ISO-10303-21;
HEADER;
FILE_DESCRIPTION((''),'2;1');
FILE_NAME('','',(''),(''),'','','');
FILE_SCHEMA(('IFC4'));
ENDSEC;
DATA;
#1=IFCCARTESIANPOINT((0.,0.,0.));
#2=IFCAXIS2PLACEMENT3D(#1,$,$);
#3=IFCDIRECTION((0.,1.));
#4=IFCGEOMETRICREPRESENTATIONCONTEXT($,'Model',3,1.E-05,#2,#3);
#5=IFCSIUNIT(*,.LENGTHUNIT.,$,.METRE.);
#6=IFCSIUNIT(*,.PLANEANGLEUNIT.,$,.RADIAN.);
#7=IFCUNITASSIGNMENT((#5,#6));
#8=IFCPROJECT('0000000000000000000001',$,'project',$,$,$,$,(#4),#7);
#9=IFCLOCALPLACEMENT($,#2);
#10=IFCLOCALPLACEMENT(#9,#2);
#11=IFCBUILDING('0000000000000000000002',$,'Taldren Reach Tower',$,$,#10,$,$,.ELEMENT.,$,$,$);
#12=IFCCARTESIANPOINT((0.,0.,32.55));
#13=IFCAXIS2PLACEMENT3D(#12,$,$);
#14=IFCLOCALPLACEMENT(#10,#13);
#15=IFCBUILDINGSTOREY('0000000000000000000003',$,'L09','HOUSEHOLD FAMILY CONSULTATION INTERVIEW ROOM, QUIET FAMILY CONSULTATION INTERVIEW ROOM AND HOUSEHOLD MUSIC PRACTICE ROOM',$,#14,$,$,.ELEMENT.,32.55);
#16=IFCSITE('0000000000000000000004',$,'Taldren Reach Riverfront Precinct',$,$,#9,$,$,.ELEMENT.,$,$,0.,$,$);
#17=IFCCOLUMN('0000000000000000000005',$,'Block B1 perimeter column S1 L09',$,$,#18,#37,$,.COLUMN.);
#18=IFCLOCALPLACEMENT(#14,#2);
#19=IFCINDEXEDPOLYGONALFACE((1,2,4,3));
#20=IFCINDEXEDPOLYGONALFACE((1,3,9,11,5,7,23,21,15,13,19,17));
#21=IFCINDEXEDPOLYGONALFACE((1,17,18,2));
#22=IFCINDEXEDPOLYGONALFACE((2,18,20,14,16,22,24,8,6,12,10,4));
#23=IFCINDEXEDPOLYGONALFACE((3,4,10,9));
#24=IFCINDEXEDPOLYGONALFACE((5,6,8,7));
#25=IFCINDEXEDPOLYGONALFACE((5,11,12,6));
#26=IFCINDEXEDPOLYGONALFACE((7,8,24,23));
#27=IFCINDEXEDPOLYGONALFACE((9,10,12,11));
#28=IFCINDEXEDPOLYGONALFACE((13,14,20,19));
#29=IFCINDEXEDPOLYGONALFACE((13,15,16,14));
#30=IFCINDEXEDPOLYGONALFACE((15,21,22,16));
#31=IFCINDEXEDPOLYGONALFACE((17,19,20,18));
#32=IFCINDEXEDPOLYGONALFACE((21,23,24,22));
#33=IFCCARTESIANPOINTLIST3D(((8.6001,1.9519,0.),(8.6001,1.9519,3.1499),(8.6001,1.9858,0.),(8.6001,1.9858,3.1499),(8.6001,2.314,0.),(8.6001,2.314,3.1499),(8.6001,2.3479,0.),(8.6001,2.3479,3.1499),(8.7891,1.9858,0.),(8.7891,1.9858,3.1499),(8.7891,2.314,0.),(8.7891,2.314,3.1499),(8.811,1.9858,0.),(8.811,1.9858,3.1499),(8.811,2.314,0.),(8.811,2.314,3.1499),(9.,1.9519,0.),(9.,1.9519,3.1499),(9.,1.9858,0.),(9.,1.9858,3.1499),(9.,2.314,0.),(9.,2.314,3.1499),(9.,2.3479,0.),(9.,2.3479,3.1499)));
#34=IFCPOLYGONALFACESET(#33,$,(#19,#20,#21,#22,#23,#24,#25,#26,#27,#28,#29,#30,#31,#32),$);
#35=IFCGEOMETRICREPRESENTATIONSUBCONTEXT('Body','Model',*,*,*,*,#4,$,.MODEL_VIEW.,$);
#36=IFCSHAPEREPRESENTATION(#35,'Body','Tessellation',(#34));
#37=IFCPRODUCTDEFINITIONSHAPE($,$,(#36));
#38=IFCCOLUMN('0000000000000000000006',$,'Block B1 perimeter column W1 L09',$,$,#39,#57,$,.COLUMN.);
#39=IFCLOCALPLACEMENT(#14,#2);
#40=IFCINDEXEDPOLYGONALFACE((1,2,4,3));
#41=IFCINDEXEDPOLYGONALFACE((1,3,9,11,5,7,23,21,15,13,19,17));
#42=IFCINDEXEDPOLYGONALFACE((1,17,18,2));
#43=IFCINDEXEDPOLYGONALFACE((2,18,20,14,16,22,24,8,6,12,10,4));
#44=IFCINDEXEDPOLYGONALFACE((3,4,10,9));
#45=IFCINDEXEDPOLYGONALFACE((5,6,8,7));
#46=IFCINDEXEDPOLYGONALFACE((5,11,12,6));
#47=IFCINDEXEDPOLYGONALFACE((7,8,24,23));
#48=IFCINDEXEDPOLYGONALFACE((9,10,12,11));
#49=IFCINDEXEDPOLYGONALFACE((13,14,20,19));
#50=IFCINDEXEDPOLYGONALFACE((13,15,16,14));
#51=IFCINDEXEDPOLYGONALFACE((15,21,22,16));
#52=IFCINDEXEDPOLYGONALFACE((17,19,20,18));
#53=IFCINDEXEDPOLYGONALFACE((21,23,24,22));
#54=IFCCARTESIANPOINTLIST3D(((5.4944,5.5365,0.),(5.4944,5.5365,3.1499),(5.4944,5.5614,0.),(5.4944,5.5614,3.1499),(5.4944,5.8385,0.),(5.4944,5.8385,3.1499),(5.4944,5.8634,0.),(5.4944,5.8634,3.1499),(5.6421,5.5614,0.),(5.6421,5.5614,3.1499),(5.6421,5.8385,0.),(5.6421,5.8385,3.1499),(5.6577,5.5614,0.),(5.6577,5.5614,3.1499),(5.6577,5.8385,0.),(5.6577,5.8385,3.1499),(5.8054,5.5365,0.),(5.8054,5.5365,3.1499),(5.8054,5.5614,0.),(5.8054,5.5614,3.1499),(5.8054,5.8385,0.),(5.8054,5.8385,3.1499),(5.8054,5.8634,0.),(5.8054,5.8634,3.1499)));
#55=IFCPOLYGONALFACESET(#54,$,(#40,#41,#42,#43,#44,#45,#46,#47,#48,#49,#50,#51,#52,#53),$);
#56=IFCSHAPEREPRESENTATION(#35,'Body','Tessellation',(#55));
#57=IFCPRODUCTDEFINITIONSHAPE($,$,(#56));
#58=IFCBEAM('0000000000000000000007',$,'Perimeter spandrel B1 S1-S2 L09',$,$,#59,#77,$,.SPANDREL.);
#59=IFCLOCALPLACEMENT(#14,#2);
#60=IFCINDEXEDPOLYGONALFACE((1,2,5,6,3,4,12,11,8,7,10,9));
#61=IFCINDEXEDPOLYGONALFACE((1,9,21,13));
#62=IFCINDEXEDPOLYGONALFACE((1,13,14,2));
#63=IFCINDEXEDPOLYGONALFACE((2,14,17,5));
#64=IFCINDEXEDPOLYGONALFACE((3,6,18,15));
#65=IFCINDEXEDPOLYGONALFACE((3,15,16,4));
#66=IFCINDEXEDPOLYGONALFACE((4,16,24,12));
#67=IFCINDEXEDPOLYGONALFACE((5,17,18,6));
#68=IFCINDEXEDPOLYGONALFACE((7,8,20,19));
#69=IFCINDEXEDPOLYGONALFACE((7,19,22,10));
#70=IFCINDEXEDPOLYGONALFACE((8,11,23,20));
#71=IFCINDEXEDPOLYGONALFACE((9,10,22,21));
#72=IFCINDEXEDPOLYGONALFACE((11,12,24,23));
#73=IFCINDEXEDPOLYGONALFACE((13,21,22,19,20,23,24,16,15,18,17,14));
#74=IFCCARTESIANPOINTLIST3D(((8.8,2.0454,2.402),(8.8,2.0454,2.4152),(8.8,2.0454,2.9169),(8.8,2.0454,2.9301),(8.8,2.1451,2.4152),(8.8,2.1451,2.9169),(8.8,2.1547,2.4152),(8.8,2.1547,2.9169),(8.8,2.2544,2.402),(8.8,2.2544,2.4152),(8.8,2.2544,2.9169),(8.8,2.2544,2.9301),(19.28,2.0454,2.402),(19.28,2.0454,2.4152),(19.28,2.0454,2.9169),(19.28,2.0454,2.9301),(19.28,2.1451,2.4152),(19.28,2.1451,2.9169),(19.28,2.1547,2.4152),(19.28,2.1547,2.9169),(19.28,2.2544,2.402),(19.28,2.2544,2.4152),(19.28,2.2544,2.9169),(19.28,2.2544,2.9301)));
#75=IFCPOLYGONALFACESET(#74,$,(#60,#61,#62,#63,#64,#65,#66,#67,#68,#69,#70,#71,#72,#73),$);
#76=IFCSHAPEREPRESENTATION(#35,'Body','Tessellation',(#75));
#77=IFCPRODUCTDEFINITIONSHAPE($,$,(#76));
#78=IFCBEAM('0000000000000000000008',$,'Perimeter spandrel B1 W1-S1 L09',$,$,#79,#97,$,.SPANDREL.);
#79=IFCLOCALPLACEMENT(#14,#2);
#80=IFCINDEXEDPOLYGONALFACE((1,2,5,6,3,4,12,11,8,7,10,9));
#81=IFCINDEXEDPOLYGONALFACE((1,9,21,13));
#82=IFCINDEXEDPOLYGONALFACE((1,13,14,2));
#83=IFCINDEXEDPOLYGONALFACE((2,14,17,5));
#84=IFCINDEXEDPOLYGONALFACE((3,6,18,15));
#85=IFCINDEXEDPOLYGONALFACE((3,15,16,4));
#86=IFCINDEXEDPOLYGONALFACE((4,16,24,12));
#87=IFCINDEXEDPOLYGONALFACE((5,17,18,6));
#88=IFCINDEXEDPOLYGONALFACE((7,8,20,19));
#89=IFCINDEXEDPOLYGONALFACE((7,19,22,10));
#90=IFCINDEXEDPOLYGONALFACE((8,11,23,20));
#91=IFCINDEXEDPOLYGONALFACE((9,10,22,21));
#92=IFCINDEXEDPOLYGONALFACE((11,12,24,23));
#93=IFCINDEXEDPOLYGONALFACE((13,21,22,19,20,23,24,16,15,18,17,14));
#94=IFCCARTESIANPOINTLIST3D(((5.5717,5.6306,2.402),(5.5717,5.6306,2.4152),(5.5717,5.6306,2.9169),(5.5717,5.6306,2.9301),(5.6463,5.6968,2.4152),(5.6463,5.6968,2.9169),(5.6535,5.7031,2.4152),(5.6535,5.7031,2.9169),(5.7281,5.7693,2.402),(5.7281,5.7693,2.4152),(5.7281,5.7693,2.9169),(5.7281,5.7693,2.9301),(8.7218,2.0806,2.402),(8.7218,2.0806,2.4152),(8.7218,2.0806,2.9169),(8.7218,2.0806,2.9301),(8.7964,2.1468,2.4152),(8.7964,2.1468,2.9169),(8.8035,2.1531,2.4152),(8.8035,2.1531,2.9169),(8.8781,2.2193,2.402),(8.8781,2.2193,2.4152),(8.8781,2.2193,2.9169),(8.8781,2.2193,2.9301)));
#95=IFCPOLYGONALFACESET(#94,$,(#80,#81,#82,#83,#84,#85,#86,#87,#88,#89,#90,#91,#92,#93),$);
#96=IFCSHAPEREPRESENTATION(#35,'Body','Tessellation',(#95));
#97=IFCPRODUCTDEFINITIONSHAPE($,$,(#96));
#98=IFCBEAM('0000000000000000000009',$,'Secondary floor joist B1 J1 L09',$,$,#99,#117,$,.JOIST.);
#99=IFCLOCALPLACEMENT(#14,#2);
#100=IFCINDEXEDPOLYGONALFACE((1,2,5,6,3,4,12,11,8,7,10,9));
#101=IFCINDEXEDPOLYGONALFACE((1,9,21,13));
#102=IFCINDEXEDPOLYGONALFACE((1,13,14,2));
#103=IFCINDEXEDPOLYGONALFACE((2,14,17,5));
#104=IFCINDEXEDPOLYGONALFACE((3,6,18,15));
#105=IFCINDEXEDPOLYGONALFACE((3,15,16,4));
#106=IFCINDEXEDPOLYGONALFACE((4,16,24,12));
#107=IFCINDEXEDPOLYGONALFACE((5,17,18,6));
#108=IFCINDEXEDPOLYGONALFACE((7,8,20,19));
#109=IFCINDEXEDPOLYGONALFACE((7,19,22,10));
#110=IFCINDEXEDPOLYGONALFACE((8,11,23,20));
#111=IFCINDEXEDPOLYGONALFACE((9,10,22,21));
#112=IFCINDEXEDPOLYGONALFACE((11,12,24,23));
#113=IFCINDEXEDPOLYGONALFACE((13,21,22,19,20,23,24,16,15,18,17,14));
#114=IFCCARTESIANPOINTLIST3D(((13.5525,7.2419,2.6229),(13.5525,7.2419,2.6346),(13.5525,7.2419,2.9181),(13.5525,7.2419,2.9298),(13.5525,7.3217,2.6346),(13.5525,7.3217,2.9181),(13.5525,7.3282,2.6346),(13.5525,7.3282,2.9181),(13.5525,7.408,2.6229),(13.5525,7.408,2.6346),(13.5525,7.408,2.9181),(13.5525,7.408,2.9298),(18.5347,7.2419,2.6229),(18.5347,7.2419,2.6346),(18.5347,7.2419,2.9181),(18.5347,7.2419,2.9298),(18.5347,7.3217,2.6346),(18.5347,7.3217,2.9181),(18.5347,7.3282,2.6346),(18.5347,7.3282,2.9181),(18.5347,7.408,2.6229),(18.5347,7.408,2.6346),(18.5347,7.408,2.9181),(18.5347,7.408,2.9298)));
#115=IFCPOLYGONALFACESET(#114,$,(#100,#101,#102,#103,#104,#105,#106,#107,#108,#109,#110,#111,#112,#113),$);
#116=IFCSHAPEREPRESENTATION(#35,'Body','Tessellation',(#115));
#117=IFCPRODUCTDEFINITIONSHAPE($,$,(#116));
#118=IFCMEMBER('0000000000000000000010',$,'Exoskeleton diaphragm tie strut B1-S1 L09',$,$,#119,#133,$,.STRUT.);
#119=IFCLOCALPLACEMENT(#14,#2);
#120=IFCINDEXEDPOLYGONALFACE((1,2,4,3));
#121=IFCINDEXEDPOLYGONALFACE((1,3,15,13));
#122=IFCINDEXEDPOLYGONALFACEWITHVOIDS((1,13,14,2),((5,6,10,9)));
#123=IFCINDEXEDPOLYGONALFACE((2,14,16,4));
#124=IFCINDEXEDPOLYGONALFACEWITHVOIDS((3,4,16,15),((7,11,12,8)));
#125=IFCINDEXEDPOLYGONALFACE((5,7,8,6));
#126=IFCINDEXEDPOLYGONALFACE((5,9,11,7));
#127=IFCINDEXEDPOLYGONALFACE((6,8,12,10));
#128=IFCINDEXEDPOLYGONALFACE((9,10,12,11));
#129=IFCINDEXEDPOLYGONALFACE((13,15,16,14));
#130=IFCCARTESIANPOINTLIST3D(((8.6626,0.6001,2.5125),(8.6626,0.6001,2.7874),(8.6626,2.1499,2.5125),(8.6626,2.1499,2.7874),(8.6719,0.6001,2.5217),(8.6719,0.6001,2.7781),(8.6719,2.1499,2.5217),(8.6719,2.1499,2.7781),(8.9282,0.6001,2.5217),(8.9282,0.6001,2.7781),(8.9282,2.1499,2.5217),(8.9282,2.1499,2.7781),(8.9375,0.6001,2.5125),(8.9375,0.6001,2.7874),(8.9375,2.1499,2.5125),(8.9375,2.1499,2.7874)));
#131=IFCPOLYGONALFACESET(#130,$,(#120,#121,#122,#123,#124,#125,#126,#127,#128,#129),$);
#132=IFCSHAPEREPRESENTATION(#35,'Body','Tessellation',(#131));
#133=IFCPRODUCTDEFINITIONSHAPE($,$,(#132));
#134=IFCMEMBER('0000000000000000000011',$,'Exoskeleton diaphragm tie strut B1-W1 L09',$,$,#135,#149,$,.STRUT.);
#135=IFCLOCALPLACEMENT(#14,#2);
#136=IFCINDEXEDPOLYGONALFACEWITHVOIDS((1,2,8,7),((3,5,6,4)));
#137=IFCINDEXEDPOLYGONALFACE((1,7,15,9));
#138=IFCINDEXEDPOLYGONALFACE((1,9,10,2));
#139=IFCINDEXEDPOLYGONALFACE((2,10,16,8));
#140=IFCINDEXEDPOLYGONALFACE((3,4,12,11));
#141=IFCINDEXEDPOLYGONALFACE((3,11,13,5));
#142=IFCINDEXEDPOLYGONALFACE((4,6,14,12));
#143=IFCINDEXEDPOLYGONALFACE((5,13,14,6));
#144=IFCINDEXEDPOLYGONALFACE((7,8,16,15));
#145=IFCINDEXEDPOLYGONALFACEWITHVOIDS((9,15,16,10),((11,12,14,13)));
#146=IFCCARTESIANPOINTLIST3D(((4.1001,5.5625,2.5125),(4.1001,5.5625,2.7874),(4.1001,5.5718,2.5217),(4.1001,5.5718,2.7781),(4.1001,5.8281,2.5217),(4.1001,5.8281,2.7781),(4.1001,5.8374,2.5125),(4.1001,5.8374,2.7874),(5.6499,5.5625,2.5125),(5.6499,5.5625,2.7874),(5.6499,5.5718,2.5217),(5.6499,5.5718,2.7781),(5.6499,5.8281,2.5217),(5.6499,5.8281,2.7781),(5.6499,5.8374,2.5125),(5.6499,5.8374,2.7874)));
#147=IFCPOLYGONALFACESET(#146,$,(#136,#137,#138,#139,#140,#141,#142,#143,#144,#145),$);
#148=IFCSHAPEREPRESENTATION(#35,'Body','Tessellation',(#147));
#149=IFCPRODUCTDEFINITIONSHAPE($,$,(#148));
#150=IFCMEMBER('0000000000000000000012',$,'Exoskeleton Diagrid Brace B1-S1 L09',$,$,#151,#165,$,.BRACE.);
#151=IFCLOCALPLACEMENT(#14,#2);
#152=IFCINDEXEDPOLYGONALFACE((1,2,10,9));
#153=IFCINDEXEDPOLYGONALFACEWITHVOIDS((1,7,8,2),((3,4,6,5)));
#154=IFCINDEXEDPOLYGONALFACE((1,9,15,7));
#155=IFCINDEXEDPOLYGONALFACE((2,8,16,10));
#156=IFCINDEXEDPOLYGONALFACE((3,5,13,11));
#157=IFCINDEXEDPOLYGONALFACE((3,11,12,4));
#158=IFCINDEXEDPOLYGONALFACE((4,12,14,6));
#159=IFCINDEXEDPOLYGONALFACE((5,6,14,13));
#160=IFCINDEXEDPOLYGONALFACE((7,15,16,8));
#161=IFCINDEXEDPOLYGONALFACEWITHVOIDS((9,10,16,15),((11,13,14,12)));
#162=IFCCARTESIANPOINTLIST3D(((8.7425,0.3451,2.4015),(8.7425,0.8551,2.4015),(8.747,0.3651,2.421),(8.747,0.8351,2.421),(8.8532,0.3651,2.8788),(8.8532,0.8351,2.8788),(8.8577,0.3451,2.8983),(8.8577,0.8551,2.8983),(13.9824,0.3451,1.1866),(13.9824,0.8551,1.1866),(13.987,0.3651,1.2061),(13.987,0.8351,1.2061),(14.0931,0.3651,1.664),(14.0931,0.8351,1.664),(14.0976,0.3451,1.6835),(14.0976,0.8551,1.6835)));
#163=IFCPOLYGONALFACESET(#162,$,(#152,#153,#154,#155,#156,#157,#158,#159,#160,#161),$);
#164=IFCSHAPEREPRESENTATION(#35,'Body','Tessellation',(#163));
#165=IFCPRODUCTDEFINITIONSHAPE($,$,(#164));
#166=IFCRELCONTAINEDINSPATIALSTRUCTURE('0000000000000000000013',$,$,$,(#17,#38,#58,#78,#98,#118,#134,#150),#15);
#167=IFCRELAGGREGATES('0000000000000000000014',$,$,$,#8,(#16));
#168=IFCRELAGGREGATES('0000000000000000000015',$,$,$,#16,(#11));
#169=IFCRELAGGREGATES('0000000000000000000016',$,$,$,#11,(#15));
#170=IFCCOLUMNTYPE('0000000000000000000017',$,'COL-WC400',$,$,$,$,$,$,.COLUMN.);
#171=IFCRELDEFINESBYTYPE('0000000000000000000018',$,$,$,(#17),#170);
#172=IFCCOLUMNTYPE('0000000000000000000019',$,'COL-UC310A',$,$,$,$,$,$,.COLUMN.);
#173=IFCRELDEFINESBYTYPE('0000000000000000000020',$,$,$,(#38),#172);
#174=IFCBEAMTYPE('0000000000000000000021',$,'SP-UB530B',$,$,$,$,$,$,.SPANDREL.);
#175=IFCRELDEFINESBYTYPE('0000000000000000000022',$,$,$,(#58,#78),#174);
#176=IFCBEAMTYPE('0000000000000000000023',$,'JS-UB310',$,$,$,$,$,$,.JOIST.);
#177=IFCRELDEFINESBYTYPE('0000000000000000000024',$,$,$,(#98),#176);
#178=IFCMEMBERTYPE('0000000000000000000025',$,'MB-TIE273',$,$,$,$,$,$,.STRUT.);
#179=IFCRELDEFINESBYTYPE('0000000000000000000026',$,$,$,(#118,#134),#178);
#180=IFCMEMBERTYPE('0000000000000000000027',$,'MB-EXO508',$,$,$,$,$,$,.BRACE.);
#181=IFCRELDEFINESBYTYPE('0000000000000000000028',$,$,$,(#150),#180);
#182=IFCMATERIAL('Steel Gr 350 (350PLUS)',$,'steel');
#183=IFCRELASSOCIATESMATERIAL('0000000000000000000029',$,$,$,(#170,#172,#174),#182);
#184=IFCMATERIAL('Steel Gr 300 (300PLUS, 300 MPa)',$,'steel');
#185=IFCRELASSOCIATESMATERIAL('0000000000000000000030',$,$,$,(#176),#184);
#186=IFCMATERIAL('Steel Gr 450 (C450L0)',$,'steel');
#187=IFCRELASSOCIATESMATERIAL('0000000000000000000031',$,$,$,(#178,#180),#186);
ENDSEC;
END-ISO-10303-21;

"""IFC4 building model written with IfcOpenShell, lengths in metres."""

from ifc_helpers import new_model, si_unit, direction, frame, origin, origin_2d, place, context, subcontext, project, spatial, hollow_rectangle, i_section, extrude, source, transform, mapped, material, material_profile, profile_set, type_object, element, save


model = new_model("IFC4")

# Units and contexts
model_context = context("Model", 3, precision=1e-05, world=origin(), true_north=direction((0.0, 1.0)))
body_context = subcontext(model_context, "Body", "Model", "MODEL_VIEW")
ifc_project = project(units=[si_unit("LENGTHUNIT", "METRE"), si_unit("PLANEANGLEUNIT", "RADIAN")], contexts=[model_context])

# Site, building, storey
site_placement = place(None, origin())
site = spatial("IfcSite", under=ifc_project, at=site_placement, Name="Taldren Reach Riverfront Precinct", CompositionType="ELEMENT", RefElevation=0.0)
building_placement = place(site_placement, origin())
building = spatial("IfcBuilding", under=site, at=building_placement, Name="Taldren Reach Tower", CompositionType="ELEMENT")
storey_placement = place(building_placement, frame((0.0, 0.0, 32.55)))
storey = spatial("IfcBuildingStorey", under=building, at=storey_placement, Name="L09", Description="HOUSEHOLD FAMILY CONSULTATION INTERVIEW ROOM, QUIET FAMILY CONSULTATION INTERVIEW ROOM AND HOUSEHOLD MUSIC PRACTICE ROOM", CompositionType="ELEMENT", Elevation=32.55)

# Columns
ifc_material_1 = material(Name="Steel Gr 350 (350PLUS)", Category="steel")
ifc_material_profile_1 = material_profile(ifc_material_1, i_section(OverallWidth=0.3999, OverallDepth=0.396, WebThickness=0.022, FlangeThickness=0.0339, at=origin_2d()), Name="400WC270")
ifc_profile_set_1 = profile_set([ifc_material_profile_1], Name="Steel Gr 350 (350PLUS)")
column_type_1 = type_object("IfcColumnType", Name="COL-WC400", PredefinedType="COLUMN", material=ifc_profile_set_1)
shared_shape_1 = source(origin(), body_context, "Body", "SweptSolid", [
    extrude(i_section(OverallWidth=0.3999, OverallDepth=0.396, WebThickness=0.022, FlangeThickness=0.0339, at=origin_2d()), origin(), (0.0, 0.0, 1.0), 3.1499),
])
column_1_placement = place(storey_placement, frame((8.8, 2.1499, 0.0), z_axis=(0.0, 0.0, 1.0), x_axis=(1.0, 0.0, 0.0)))
element("IfcColumn", 1, at=column_1_placement, inside=storey, type_object=column_type_1, Name="Block B1 perimeter column S1 L09", PredefinedType="COLUMN", context=body_context, shape_type="MappedRepresentation", body=[
    mapped(shared_shape_1, transform((0.0, 0.0, 0.0), scale=1.0)),
])
ifc_material_profile_2 = material_profile(ifc_material_1, i_section(OverallWidth=0.311, OverallDepth=0.3269, WebThickness=0.0156, FlangeThickness=0.0249, at=origin_2d()), Name="310UC158")
ifc_profile_set_2 = profile_set([ifc_material_profile_2], Name="Steel Gr 350 (350PLUS)")
column_type_2 = type_object("IfcColumnType", Name="COL-UC310A", PredefinedType="COLUMN", material=ifc_profile_set_2)
shared_shape_2 = source(origin(), body_context, "Body", "SweptSolid", [
    extrude(i_section(OverallWidth=0.311, OverallDepth=0.3269, WebThickness=0.0156, FlangeThickness=0.0249, at=origin_2d()), origin(), (0.0, 0.0, 1.0), 3.1499),
])
column_2_placement = place(storey_placement, frame((5.6499, 5.7, 0.0), z_axis=(0.0, 0.0, 1.0), x_axis=(1.0, 0.0, 0.0)))
element("IfcColumn", 2, at=column_2_placement, inside=storey, type_object=column_type_2, Name="Block B1 perimeter column W1 L09", PredefinedType="COLUMN", context=body_context, shape_type="MappedRepresentation", body=[
    mapped(shared_shape_2, transform((0.0, 0.0, 0.0), scale=1.0)),
])

# Beams
ifc_material_profile_3 = material_profile(ifc_material_1, i_section(OverallWidth=0.209, OverallDepth=0.5281, WebThickness=0.0095, FlangeThickness=0.0132, at=origin_2d()), Name="530UB82.0")
ifc_profile_set_3 = profile_set([ifc_material_profile_3], Name="Steel Gr 350 (350PLUS)")
beam_type_1 = type_object("IfcBeamType", Name="SP-UB530B", PredefinedType="SPANDREL", material=ifc_profile_set_3)
shared_shape_3 = source(origin(), body_context, "Body", "SweptSolid", [
    extrude(i_section(OverallWidth=0.209, OverallDepth=0.5281, WebThickness=0.0095, FlangeThickness=0.0132, at=origin_2d()), origin(), (0.0, 0.0, 1.0), 10.48),
])
beam_1_placement = place(storey_placement, frame((8.8, 2.1499, 2.666), z_axis=(1.0, 0.0, 0.0), x_axis=(0.0, 1.0, 0.0)))
element("IfcBeam", 3, at=beam_1_placement, inside=storey, type_object=beam_type_1, Name="Perimeter spandrel B1 S1-S2 L09", PredefinedType="SPANDREL", context=body_context, shape_type="MappedRepresentation", body=[
    mapped(shared_shape_3, transform((0.0, 0.0, 0.0), scale=1.0)),
])
shared_shape_4 = source(origin(), body_context, "Body", "SweptSolid", [
    extrude(i_section(OverallWidth=0.209, OverallDepth=0.5281, WebThickness=0.0095, FlangeThickness=0.0132, at=origin_2d()), origin(), (0.0, 0.0, 1.0), 4.7461),
])
beam_2_placement = place(storey_placement, frame((5.6499, 5.7, 2.666), z_axis=(0.663722, -0.747979, 0.0), x_axis=(0.747979, 0.663722, 0.0)))
element("IfcBeam", 4, at=beam_2_placement, inside=storey, type_object=beam_type_1, Name="Perimeter spandrel B1 W1-S1 L09", PredefinedType="SPANDREL", context=body_context, shape_type="MappedRepresentation", body=[
    mapped(shared_shape_4, transform((0.0, 0.0, 0.0), scale=1.0)),
])
ifc_material_2 = material(Name="Steel Gr 300 (300PLUS, 300 MPa)", Category="steel")
ifc_material_profile_4 = material_profile(ifc_material_2, i_section(OverallWidth=0.166, OverallDepth=0.3069, WebThickness=0.0066, FlangeThickness=0.0117, at=origin_2d()), Name="310UB46.2")
ifc_profile_set_4 = profile_set([ifc_material_profile_4], Name="Steel Gr 300 (300PLUS, 300 MPa)")
beam_type_2 = type_object("IfcBeamType", Name="JS-UB310", PredefinedType="JOIST", material=ifc_profile_set_4)
shared_shape_5 = source(origin(), body_context, "Body", "SweptSolid", [
    extrude(i_section(OverallWidth=0.166, OverallDepth=0.3069, WebThickness=0.0066, FlangeThickness=0.0117, at=origin_2d()), origin(), (0.0, 0.0, 1.0), 4.9822),
])
beam_3_placement = place(storey_placement, frame((13.5525, 7.325, 2.7764), z_axis=(1.0, 0.0, 0.0), x_axis=(0.0, 1.0, 0.0)))
element("IfcBeam", 5, at=beam_3_placement, inside=storey, type_object=beam_type_2, Name="Secondary floor joist B1 J1 L09", PredefinedType="JOIST", context=body_context, shape_type="MappedRepresentation", body=[
    mapped(shared_shape_5, transform((0.0, 0.0, 0.0), scale=1.0)),
])

# Members
ifc_material_3 = material(Name="Steel Gr 450 (C450L0)", Category="steel")
ifc_material_profile_5 = material_profile(ifc_material_3, hollow_rectangle(XDim=0.2749, YDim=0.2749, WallThickness=0.0093, at=origin_2d()), Name="275x275x9.3SHS")
ifc_profile_set_5 = profile_set([ifc_material_profile_5], Name="Steel Gr 450 (C450L0)")
member_type_1 = type_object("IfcMemberType", Name="MB-TIE273", PredefinedType="STRUT", material=ifc_profile_set_5)
shared_shape_6 = source(origin(), body_context, "Body", "SweptSolid", [
    extrude(hollow_rectangle(XDim=0.2749, YDim=0.2749, WallThickness=0.0093, at=origin_2d()), origin(), (0.0, 0.0, 1.0), 1.5498),
])
for number, where, z_axis, x_axis, name in (
    (6, (8.8, 2.1499, 2.6499), (0.0, -1.0, 0.0), (1.0, 0.0, 0.0), "Exoskeleton diaphragm tie strut B1-S1 L09"),
    (7, (5.6499, 5.7, 2.6499), (-1.0, 0.0, 0.0), (0.0, -1.0, 0.0), "Exoskeleton diaphragm tie strut B1-W1 L09"),
):
    element("IfcMember", number, at=place(storey_placement, frame(where, z_axis=z_axis, x_axis=x_axis)), inside=storey, type_object=member_type_1, Name=name, PredefinedType="STRUT", context=body_context, shape_type="MappedRepresentation", body=[
        mapped(shared_shape_6, transform((0.0, 0.0, 0.0), scale=1.0)),
    ])
ifc_material_profile_6 = material_profile(ifc_material_3, hollow_rectangle(XDim=0.51, YDim=0.51, WallThickness=0.02, at=origin_2d()), Name="510x510x20.0SHS")
ifc_profile_set_6 = profile_set([ifc_material_profile_6], Name="Steel Gr 450 (C450L0)")
member_type_2 = type_object("IfcMemberType", Name="MB-EXO508", PredefinedType="BRACE", material=ifc_profile_set_6)
shared_shape_7 = source(origin(), body_context, "Body", "SweptSolid", [
    extrude(hollow_rectangle(XDim=0.51, YDim=0.51, WallThickness=0.02, at=origin_2d()), origin(), (0.0, 0.0, 1.0), 5.3789),
])
member_1_placement = place(storey_placement, frame((14.04, 0.6001, 1.4351), z_axis=(-0.974162, 0.0, 0.225851), x_axis=(0.0, -1.0, 0.0)))
element("IfcMember", 8, at=member_1_placement, inside=storey, type_object=member_type_2, Name="Exoskeleton Diagrid Brace B1-S1 L09", PredefinedType="BRACE", context=body_context, shape_type="MappedRepresentation", body=[
    mapped(shared_shape_7, transform((0.0, 0.0, 0.0), scale=1.0)),
])

save(model, "model.ifc")
